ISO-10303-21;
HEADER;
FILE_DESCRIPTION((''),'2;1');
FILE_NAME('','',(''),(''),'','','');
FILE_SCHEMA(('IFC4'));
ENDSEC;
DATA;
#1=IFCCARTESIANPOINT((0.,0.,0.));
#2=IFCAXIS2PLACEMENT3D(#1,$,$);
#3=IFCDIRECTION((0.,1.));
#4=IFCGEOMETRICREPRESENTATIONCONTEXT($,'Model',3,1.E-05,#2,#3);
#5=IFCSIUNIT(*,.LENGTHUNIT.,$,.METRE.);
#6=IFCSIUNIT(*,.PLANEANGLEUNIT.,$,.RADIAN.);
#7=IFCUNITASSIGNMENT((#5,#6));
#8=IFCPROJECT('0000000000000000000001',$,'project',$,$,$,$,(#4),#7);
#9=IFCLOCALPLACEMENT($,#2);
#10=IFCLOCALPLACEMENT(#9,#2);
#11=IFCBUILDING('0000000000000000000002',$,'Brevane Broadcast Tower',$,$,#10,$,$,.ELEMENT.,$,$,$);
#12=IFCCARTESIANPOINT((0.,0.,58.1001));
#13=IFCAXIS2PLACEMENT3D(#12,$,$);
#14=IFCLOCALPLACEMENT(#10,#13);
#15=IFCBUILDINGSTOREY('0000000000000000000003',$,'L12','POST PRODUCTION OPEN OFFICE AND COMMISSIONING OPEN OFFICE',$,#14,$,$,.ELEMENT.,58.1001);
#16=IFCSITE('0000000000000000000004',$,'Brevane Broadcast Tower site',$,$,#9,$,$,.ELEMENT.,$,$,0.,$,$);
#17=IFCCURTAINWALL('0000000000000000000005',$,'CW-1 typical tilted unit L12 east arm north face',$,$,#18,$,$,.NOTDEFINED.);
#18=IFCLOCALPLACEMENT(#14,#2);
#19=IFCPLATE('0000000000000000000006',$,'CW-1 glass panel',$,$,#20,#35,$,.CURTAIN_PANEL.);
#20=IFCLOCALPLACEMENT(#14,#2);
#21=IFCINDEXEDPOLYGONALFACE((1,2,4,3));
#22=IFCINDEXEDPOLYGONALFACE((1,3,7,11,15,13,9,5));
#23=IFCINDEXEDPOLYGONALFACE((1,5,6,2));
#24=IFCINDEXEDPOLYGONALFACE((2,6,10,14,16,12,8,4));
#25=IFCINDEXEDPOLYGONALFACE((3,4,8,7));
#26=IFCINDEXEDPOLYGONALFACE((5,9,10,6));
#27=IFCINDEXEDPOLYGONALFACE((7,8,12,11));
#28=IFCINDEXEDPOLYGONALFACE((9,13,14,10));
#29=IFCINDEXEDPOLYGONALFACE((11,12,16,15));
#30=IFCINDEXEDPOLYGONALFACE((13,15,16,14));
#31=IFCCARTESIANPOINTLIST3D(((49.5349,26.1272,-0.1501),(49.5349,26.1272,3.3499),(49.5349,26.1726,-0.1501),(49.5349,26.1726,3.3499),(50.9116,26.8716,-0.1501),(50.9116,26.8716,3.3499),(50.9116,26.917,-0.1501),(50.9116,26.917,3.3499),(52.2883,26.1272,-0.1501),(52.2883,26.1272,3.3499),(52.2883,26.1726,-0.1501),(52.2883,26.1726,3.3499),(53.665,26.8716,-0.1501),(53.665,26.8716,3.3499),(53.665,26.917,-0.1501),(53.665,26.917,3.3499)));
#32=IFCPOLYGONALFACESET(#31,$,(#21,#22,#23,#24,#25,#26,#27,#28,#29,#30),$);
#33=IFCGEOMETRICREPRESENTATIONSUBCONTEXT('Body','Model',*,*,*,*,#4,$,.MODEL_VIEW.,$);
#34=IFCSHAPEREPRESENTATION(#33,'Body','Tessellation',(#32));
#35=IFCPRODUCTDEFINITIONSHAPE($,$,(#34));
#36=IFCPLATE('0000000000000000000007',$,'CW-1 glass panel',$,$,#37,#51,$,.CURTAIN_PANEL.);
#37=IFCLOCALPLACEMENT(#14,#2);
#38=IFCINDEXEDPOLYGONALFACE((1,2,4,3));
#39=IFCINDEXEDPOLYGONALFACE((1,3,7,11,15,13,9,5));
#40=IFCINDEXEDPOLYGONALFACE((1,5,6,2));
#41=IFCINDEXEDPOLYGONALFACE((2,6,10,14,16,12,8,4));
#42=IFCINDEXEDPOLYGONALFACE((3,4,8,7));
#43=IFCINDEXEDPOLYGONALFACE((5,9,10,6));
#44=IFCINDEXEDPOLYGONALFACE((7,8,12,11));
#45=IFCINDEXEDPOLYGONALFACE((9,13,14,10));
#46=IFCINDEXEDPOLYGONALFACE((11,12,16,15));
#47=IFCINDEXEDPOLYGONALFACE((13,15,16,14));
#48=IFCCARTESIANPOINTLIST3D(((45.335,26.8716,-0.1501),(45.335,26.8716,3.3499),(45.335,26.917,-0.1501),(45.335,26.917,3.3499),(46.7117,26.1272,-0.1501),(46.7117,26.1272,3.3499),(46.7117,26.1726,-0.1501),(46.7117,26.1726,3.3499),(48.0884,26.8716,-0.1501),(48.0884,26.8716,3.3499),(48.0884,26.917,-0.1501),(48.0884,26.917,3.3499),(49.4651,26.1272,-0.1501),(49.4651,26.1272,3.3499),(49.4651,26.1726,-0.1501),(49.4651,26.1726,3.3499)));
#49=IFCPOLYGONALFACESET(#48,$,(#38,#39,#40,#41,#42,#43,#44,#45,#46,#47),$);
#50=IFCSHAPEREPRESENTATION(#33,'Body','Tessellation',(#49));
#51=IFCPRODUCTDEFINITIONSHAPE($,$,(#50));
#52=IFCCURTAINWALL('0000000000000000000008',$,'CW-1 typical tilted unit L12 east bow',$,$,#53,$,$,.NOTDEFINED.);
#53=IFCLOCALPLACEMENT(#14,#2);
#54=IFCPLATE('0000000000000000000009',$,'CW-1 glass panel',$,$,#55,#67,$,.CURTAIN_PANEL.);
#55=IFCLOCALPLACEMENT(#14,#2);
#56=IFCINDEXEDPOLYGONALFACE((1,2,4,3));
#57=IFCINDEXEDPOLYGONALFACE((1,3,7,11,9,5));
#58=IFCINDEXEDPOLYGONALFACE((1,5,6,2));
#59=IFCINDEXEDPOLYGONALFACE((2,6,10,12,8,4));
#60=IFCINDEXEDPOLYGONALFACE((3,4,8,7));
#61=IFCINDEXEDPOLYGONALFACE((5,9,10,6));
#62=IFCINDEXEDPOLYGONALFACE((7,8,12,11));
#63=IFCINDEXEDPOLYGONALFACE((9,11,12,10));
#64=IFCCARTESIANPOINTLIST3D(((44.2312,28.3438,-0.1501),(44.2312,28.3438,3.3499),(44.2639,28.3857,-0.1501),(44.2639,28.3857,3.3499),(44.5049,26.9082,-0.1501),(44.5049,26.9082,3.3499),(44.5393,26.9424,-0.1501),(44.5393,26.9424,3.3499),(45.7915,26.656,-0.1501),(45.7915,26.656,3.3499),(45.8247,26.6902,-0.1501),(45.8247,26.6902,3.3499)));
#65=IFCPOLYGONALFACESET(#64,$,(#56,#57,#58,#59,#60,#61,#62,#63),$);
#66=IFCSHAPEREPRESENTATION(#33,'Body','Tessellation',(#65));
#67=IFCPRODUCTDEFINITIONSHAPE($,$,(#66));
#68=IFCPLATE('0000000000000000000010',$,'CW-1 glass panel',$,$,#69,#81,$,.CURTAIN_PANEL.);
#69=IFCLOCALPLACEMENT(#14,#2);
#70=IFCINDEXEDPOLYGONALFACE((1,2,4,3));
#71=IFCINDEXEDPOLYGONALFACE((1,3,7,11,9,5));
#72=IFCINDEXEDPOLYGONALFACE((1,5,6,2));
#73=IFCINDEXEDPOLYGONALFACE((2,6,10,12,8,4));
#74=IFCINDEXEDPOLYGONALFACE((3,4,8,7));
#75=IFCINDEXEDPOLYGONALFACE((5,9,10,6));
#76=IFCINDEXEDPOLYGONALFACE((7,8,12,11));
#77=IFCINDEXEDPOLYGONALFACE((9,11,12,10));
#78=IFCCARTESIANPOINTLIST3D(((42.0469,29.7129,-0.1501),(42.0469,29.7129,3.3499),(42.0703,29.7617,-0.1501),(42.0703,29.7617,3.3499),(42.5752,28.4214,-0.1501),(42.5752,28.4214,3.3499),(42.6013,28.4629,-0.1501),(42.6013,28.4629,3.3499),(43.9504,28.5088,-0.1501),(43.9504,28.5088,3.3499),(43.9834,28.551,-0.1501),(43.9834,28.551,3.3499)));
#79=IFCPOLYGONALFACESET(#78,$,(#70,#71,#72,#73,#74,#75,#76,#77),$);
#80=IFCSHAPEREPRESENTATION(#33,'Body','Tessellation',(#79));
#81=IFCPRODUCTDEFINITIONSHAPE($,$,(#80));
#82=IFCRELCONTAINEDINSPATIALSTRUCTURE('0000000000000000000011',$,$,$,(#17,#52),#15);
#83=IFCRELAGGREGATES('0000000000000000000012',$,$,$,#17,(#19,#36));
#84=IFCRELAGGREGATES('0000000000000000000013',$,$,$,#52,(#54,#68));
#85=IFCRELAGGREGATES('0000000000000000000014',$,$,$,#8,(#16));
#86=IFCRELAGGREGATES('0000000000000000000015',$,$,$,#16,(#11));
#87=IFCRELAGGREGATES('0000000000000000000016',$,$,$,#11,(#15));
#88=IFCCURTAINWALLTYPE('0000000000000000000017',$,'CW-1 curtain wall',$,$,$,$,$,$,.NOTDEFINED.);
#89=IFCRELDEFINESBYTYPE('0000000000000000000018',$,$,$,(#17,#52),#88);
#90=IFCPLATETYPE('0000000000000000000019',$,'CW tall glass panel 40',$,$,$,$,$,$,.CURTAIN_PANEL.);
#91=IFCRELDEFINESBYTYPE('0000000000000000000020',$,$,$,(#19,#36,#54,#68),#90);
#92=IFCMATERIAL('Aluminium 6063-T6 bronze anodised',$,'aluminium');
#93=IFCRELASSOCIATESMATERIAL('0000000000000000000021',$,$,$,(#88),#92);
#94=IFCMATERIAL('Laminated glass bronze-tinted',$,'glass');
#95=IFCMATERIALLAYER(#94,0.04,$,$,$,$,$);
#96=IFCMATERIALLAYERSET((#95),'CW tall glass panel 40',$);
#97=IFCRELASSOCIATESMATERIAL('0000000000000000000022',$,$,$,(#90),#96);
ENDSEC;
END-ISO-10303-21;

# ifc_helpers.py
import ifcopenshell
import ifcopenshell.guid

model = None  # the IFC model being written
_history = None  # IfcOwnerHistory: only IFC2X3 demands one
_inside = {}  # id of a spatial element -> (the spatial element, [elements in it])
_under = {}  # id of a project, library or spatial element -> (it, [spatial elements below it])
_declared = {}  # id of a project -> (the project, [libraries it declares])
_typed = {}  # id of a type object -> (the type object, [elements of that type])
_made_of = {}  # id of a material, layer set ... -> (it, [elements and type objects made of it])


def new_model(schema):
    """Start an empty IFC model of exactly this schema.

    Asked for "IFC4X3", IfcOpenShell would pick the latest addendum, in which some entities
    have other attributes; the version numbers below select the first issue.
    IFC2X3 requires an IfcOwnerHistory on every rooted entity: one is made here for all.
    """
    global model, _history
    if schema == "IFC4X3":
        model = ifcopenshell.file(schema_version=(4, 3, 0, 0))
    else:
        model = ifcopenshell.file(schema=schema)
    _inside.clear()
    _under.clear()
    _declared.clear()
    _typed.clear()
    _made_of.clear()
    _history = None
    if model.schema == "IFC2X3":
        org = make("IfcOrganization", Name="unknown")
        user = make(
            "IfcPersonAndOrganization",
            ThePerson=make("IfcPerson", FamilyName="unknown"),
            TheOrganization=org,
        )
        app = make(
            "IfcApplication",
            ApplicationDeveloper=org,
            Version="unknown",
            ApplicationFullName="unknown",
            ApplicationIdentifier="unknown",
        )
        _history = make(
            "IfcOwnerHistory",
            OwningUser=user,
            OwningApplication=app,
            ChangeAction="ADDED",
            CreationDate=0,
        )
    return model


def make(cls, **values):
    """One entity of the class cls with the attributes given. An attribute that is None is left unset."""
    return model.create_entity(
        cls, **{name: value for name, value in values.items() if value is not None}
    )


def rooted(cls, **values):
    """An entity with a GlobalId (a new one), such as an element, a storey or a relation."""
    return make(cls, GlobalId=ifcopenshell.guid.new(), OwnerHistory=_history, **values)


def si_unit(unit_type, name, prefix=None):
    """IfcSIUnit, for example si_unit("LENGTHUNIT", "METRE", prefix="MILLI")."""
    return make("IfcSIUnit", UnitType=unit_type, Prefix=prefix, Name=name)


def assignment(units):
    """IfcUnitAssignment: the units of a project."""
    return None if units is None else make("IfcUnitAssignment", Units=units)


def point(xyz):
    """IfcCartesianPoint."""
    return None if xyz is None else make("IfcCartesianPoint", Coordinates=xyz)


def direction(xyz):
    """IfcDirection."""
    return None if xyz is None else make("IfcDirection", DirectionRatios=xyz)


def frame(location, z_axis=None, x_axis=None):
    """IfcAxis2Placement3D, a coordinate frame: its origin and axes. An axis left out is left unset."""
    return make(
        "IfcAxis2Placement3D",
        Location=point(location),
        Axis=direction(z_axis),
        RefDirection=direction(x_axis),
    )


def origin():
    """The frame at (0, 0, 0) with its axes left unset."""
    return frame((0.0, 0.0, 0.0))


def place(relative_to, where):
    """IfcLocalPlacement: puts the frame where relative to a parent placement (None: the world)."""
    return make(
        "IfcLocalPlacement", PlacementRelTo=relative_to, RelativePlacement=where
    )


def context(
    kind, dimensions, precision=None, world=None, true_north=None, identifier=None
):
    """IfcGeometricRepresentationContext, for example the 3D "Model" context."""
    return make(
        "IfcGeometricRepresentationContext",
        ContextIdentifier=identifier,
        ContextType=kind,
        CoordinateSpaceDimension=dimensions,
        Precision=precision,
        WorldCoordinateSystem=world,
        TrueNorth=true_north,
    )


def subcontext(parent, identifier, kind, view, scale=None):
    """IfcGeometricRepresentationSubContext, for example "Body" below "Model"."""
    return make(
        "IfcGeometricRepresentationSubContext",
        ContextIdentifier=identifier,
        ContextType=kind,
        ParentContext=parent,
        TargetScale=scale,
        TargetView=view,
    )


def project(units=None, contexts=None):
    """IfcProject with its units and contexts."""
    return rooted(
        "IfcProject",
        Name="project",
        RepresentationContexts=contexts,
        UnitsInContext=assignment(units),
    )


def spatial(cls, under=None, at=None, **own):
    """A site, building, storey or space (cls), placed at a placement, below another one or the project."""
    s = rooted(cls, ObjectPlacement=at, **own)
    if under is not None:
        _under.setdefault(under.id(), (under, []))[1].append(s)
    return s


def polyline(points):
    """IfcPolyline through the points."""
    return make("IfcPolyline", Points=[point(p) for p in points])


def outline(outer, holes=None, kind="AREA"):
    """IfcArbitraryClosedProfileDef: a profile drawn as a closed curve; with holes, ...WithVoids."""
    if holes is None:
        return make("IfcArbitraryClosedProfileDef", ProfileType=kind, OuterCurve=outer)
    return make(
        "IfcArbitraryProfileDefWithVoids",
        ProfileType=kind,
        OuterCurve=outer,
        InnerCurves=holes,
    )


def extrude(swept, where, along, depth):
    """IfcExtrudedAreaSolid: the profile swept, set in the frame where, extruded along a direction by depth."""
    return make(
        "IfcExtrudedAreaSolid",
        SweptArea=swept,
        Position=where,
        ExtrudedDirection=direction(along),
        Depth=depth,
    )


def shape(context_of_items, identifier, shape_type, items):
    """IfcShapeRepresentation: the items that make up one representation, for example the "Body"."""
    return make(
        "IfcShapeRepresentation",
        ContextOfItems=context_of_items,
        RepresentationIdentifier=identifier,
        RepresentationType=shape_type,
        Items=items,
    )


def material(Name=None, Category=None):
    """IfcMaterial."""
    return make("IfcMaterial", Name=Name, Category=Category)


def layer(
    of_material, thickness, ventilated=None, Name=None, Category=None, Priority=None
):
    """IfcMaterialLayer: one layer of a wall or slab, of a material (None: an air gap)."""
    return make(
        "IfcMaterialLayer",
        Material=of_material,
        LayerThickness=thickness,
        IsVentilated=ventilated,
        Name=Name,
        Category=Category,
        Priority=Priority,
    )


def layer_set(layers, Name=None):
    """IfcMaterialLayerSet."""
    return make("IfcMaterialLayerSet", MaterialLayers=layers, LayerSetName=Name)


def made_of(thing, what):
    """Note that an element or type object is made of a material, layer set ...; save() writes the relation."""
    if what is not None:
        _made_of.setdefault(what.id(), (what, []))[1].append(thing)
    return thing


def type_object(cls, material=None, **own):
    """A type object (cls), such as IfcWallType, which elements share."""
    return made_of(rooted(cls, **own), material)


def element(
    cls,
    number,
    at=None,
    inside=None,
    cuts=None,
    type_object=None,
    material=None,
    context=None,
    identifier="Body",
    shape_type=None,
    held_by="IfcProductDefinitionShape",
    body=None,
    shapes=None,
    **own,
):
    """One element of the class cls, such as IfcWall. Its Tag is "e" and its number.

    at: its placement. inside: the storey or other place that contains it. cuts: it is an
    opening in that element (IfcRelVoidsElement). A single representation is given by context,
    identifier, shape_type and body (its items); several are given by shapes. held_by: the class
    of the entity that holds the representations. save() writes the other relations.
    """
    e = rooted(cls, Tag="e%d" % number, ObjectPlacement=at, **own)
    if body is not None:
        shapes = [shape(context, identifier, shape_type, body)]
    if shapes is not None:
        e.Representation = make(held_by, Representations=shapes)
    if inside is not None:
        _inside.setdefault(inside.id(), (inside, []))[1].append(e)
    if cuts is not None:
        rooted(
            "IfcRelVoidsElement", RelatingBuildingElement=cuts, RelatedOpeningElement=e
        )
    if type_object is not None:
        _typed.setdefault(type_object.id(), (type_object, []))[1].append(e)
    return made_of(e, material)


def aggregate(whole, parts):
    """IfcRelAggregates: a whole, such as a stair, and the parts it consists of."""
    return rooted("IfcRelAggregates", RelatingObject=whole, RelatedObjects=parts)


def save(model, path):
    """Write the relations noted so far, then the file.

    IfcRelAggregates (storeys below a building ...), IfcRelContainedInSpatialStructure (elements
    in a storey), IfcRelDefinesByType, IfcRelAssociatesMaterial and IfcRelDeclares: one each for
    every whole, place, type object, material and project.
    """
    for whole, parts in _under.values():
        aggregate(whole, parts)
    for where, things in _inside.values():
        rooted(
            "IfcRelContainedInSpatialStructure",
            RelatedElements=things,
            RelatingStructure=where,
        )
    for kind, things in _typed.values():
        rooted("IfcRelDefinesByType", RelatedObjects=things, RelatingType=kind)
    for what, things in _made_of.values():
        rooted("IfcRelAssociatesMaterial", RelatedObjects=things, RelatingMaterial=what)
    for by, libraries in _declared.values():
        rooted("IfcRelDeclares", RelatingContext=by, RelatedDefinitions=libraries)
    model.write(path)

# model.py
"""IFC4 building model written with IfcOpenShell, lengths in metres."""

from ifc_helpers import new_model, si_unit, direction, frame, origin, place, context, subcontext, project, spatial, polyline, outline, extrude, material, layer, layer_set, type_object, element, aggregate, save


model = new_model("IFC4")

# Units and contexts
model_context = context("Model", 3, precision=1e-05, world=origin(), true_north=direction((0.0, 1.0)))
body_context = subcontext(model_context, "Body", "Model", "MODEL_VIEW")
ifc_project = project(units=[si_unit("LENGTHUNIT", "METRE"), si_unit("PLANEANGLEUNIT", "RADIAN")], contexts=[model_context])

# Site, building, storey
site_placement = place(None, origin())
site = spatial("IfcSite", under=ifc_project, at=site_placement, Name="Brevane Broadcast Tower site", CompositionType="ELEMENT", RefElevation=0.0)
building_placement = place(site_placement, origin())
building = spatial("IfcBuilding", under=site, at=building_placement, Name="Brevane Broadcast Tower", CompositionType="ELEMENT")
storey_placement = place(building_placement, frame((0.0, 0.0, 58.1001)))
storey = spatial("IfcBuildingStorey", under=building, at=storey_placement, Name="L12", Description="POST PRODUCTION OPEN OFFICE AND COMMISSIONING OPEN OFFICE", CompositionType="ELEMENT", Elevation=58.1001)

# Curtain walls, plates
ifc_material_1 = material(Name="Aluminium 6063-T6 bronze anodised", Category="aluminium")
curtain_wall_type = type_object("IfcCurtainWallType", Name="CW-1 curtain wall", PredefinedType="NOTDEFINED", material=ifc_material_1)
ifc_material_2 = material(Name="Laminated glass bronze-tinted", Category="glass")
ifc_layer = layer(ifc_material_2, 0.04)
ifc_layer_set = layer_set([ifc_layer], Name="CW tall glass panel 40")
plate_type = type_object("IfcPlateType", Name="CW tall glass panel 40", PredefinedType="CURTAIN_PANEL", material=ifc_layer_set)
curtain_wall_1_placement = place(storey_placement, origin())
curtain_wall_1 = element("IfcCurtainWall", 1, at=curtain_wall_1_placement, inside=storey, type_object=curtain_wall_type, Name="CW-1 typical tilted unit L12 east arm north face", PredefinedType="NOTDEFINED")
plate_1_placement = place(storey_placement, frame((0.0, 0.0, -0.1501)))
plate_1 = element("IfcPlate", 2, at=plate_1_placement, type_object=plate_type, Name="CW-1 glass panel", PredefinedType="CURTAIN_PANEL", context=body_context, shape_type="SweptSolid", body=[
    extrude(outline(polyline([(53.665, 26.8716), (53.665, 26.917), (52.2883, 26.1726), (50.9116, 26.917), (49.5349, 26.1726), (49.5349, 26.1272), (50.9116, 26.8716), (52.2883, 26.1272), (53.665, 26.8716)])), origin(), (0.0, 0.0, 1.0), 3.5),
])
plate_2_placement = place(storey_placement, frame((0.0, 0.0, -0.1501)))
plate_2 = element("IfcPlate", 3, at=plate_2_placement, type_object=plate_type, Name="CW-1 glass panel", PredefinedType="CURTAIN_PANEL", context=body_context, shape_type="SweptSolid", body=[
    extrude(outline(polyline([(49.4651, 26.1272), (49.4651, 26.1726), (48.0884, 26.917), (46.7117, 26.1726), (45.335, 26.917), (45.335, 26.8716), (46.7117, 26.1272), (48.0884, 26.8716), (49.4651, 26.1272)])), origin(), (0.0, 0.0, 1.0), 3.5),
])
aggregate(curtain_wall_1, [plate_1, plate_2])
curtain_wall_2_placement = place(storey_placement, origin())
curtain_wall_2 = element("IfcCurtainWall", 4, at=curtain_wall_2_placement, inside=storey, type_object=curtain_wall_type, Name="CW-1 typical tilted unit L12 east bow", PredefinedType="NOTDEFINED")
plate_3_placement = place(storey_placement, frame((0.0, 0.0, -0.1501)))
plate_3 = element("IfcPlate", 5, at=plate_3_placement, type_object=plate_type, Name="CW-1 glass panel", PredefinedType="CURTAIN_PANEL", context=body_context, shape_type="SweptSolid", body=[
    extrude(outline(polyline([(45.7915, 26.656), (45.8247, 26.6902), (44.5393, 26.9424), (44.2639, 28.3857), (44.2312, 28.3438), (44.5049, 26.9082), (45.7915, 26.656)])), origin(), (0.0, 0.0, 1.0), 3.5),
])
plate_4_placement = place(storey_placement, frame((0.0, 0.0, -0.1501)))
plate_4 = element("IfcPlate", 6, at=plate_4_placement, type_object=plate_type, Name="CW-1 glass panel", PredefinedType="CURTAIN_PANEL", context=body_context, shape_type="SweptSolid", body=[
    extrude(outline(polyline([(43.9504, 28.5088), (43.9834, 28.551), (42.6013, 28.4629), (42.0703, 29.7617), (42.0469, 29.7129), (42.5752, 28.4214), (43.9504, 28.5088)])), origin(), (0.0, 0.0, 1.0), 3.5),
])
aggregate(curtain_wall_2, [plate_3, plate_4])

save(model, "model.ifc")
